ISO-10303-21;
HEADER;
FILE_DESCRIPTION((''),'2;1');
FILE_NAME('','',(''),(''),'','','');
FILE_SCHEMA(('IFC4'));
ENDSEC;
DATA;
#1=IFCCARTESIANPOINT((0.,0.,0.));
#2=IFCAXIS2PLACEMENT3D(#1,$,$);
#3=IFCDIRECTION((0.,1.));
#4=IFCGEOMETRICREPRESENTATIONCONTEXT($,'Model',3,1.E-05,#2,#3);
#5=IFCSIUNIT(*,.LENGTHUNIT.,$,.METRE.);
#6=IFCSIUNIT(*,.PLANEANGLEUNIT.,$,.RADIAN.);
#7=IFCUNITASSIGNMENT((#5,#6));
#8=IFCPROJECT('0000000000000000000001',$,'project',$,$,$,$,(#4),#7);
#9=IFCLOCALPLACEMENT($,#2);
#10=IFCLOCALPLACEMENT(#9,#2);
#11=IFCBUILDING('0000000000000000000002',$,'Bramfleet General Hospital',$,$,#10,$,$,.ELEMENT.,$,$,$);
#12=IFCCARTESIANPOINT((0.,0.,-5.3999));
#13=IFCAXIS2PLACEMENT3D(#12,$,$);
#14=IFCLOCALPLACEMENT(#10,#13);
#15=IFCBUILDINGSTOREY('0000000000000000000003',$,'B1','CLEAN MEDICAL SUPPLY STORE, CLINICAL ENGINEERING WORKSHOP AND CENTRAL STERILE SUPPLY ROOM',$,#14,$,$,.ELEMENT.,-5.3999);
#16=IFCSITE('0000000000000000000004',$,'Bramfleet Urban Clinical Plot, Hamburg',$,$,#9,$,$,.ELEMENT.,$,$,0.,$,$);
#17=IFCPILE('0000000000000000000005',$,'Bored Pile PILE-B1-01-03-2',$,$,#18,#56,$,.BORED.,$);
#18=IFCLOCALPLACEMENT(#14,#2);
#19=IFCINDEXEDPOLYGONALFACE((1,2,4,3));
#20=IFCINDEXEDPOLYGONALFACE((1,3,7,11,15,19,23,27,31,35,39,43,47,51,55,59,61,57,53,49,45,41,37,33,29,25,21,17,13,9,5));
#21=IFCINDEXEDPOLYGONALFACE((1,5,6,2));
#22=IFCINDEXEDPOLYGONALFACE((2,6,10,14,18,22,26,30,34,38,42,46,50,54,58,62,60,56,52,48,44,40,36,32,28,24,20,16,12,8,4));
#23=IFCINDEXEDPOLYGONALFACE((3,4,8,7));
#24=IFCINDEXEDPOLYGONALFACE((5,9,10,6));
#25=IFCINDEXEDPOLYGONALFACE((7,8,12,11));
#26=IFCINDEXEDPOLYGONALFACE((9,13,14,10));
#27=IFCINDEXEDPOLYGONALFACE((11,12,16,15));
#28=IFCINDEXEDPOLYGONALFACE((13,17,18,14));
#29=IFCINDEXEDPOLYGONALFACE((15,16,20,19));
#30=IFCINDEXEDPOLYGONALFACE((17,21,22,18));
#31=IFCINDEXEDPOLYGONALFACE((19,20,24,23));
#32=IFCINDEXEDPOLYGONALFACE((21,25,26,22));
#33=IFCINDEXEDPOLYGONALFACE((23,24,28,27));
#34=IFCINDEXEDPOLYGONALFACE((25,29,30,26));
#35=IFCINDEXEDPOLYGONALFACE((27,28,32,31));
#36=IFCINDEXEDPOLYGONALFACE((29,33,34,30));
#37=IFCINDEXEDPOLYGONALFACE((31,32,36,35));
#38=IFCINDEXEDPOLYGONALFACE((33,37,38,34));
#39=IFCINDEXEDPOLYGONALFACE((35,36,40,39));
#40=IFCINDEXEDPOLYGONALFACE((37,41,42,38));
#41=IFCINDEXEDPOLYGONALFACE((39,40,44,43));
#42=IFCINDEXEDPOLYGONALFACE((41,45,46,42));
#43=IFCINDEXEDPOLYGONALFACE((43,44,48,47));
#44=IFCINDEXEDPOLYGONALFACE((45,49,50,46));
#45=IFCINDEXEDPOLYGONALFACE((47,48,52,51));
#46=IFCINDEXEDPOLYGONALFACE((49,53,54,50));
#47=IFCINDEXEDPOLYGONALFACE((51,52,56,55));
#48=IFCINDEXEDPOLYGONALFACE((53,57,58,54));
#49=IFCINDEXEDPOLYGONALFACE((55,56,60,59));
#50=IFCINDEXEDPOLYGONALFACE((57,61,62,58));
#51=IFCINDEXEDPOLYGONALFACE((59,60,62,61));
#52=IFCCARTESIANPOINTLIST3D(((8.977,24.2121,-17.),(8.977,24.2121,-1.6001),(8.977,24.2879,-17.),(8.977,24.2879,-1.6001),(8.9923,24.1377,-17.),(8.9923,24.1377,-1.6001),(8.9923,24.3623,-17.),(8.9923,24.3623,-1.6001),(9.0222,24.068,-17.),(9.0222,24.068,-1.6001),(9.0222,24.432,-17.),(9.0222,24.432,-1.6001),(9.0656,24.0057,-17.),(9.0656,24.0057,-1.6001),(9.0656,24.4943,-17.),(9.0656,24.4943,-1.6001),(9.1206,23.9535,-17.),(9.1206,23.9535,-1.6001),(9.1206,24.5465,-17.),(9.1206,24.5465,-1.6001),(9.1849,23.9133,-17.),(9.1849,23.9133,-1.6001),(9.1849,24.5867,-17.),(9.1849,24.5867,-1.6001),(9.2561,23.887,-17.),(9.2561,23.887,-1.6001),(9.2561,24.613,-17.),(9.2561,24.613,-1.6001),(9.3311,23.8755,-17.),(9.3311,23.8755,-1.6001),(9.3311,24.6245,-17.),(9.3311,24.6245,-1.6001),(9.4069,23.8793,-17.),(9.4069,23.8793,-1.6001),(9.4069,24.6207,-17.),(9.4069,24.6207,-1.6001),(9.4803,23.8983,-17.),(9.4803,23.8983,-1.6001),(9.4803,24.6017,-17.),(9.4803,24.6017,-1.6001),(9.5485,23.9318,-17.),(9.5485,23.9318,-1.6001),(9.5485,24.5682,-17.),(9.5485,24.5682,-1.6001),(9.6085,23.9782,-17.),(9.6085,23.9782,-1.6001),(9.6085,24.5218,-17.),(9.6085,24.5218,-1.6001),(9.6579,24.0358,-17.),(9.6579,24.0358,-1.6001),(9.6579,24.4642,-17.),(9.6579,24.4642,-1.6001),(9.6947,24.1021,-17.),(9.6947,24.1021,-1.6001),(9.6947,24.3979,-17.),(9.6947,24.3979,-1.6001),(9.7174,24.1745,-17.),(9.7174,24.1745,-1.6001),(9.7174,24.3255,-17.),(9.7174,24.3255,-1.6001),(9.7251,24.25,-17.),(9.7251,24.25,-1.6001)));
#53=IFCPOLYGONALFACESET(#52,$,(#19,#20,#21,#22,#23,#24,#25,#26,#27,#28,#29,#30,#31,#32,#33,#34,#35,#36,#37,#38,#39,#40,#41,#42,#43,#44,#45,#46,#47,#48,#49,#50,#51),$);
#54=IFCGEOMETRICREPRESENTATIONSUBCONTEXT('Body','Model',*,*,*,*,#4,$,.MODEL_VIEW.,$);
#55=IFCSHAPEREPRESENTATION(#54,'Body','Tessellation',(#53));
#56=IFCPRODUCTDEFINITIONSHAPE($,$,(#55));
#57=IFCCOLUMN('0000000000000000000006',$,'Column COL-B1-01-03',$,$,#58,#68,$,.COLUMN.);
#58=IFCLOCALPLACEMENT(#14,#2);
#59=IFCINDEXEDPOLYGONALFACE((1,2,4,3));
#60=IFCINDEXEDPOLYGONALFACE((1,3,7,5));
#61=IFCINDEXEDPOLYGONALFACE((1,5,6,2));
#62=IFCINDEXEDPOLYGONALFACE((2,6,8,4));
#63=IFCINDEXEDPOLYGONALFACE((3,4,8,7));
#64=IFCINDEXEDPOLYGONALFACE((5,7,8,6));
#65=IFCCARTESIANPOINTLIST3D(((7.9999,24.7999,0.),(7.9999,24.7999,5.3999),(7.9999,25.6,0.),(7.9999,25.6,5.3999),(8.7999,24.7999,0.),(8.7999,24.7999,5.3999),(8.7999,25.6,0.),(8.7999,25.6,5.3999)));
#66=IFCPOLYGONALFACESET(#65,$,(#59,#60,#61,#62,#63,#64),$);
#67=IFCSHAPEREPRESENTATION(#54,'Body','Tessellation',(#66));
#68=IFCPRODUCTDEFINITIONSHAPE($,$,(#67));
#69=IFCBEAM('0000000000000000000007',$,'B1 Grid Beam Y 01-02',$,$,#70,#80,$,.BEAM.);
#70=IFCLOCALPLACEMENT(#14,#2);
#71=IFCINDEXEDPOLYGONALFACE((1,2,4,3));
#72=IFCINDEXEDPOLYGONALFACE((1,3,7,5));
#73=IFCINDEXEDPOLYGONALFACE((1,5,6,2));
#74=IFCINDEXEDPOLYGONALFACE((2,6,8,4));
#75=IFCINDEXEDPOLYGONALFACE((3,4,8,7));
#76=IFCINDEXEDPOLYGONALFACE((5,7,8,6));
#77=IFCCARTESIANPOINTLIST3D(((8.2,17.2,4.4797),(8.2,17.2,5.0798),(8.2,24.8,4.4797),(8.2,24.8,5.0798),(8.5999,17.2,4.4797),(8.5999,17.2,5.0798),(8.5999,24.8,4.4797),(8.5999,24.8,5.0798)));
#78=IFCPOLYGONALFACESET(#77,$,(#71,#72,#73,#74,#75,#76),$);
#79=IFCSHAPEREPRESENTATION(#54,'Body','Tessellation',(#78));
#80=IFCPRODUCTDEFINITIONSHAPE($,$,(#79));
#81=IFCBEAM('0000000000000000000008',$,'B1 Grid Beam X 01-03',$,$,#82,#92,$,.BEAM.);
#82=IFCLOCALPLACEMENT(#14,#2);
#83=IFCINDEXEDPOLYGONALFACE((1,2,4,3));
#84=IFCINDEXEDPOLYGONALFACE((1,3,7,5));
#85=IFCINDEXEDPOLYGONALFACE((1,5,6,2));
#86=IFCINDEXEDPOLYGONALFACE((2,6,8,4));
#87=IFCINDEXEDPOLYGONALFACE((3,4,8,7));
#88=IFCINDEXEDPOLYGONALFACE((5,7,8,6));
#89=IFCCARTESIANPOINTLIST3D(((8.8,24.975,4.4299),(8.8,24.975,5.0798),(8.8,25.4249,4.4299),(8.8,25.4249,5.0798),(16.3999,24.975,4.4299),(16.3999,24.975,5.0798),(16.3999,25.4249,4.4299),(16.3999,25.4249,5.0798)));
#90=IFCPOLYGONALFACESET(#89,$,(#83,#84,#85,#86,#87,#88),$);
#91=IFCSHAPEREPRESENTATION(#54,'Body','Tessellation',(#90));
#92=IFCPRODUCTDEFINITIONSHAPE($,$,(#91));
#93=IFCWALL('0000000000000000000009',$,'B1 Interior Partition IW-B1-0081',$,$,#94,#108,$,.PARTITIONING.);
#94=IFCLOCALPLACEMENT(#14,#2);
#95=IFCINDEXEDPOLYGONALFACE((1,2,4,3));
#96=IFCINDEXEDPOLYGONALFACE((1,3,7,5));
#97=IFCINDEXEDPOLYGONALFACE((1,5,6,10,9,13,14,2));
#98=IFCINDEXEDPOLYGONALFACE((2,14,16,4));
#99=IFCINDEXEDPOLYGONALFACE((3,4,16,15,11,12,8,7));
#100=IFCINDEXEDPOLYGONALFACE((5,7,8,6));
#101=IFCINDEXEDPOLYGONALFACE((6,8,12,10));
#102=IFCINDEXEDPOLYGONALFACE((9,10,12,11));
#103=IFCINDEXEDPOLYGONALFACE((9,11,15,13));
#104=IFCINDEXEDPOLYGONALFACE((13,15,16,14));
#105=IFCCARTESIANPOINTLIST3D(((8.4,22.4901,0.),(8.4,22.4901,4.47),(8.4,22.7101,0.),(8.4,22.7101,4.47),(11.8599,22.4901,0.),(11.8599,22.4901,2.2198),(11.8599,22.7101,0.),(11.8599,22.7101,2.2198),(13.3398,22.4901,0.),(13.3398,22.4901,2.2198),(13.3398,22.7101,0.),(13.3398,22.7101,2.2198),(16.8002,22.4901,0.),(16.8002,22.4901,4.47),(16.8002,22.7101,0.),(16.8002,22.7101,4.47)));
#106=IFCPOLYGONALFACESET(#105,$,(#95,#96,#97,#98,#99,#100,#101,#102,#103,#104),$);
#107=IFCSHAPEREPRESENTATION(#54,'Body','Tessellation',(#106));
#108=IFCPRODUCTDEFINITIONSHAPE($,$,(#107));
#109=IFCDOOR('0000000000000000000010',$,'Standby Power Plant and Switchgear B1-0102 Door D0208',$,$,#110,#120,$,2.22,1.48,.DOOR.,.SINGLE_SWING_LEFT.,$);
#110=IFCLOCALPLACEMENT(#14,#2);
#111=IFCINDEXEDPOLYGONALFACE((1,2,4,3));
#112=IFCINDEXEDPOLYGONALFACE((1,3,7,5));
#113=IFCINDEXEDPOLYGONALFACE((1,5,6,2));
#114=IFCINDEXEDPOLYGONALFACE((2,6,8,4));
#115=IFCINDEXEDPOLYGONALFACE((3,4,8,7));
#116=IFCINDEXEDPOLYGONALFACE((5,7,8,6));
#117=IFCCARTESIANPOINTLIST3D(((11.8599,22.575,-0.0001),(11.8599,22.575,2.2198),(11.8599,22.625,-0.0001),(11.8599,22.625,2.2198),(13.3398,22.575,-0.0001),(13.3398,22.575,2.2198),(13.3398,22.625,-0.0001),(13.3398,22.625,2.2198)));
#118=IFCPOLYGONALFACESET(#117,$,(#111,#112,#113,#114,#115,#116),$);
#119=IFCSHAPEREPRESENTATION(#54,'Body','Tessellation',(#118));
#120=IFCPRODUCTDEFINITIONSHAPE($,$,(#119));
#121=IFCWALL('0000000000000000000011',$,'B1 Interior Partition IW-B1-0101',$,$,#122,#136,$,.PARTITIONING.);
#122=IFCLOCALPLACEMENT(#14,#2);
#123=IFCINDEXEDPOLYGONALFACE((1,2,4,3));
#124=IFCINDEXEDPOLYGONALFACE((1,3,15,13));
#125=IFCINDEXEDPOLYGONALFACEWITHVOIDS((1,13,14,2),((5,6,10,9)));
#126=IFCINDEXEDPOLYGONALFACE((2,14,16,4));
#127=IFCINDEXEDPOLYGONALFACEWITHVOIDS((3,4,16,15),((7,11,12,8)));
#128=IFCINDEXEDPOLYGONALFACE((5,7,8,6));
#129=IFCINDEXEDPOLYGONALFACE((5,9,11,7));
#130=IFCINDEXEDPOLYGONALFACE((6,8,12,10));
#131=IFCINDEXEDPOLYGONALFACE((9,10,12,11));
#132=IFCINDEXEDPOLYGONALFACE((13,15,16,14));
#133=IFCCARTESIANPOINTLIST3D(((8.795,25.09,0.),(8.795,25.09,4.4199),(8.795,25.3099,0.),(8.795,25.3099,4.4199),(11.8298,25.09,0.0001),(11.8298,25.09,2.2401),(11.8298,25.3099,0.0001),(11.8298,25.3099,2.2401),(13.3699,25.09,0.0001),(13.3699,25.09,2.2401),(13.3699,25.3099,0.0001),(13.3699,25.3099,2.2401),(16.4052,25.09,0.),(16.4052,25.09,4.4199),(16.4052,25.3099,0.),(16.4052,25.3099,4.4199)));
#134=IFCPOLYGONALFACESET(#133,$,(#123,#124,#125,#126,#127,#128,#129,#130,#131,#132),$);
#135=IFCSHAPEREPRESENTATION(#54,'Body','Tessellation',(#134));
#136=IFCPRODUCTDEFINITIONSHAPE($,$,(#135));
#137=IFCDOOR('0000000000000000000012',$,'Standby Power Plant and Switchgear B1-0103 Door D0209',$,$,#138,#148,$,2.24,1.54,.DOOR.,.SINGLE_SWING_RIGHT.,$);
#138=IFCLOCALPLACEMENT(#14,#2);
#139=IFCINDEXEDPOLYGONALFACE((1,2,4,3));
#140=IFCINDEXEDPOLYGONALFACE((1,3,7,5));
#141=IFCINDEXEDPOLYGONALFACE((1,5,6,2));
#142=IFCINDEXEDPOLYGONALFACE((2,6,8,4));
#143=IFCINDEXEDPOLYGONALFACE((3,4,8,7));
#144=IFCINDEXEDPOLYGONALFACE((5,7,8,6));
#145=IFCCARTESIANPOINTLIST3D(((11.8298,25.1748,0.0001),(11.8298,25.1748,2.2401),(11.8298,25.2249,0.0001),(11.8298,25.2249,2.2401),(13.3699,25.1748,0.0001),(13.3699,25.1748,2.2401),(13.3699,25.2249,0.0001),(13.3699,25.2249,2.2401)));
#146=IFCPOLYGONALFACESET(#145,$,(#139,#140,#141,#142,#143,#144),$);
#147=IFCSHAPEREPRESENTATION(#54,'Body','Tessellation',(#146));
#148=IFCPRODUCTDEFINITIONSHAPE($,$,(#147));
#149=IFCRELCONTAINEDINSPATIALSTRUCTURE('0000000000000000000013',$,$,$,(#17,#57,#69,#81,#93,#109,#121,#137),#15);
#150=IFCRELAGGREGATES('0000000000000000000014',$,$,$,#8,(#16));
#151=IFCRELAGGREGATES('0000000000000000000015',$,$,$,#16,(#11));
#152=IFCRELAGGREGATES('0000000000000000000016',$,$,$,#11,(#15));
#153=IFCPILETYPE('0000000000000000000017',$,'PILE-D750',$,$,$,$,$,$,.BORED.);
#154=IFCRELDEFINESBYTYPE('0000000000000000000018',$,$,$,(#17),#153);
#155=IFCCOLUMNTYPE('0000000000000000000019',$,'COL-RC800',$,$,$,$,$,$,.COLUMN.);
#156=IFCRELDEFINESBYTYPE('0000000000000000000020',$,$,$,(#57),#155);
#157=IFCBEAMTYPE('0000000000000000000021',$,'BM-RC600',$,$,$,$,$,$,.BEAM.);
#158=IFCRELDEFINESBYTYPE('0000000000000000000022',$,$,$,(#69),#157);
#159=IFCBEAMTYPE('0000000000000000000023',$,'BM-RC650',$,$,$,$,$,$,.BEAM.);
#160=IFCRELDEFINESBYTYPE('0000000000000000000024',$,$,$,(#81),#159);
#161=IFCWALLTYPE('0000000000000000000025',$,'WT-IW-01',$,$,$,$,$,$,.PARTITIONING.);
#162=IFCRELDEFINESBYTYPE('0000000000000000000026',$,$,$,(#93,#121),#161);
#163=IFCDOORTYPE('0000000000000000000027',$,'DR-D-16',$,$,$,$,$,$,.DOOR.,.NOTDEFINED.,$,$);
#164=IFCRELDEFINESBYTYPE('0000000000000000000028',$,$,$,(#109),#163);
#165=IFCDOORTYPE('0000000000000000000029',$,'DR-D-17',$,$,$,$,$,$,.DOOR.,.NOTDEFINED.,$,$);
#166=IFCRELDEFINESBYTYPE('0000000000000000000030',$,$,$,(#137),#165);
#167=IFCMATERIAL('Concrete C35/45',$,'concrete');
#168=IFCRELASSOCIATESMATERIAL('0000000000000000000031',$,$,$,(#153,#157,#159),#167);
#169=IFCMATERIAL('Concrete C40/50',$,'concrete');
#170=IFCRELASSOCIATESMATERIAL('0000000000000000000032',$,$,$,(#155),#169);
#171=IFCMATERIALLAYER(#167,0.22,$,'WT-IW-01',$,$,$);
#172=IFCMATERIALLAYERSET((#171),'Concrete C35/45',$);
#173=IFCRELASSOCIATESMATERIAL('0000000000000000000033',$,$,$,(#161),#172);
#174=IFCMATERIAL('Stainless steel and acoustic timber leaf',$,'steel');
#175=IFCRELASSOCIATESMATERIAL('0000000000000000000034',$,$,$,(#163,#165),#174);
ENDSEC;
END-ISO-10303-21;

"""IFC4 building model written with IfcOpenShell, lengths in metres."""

from ifc_helpers import new_model, si_unit, direction, frame, frame_2d, origin, origin_2d, place, context, subcontext, project, spatial, rectangle, circle, extrude, material, layer, layer_set, material_profile, profile_set, type_object, element, fill, save


model = new_model("IFC4")

# Units and contexts
model_context = context("Model", 3, precision=1e-05, world=origin(), true_north=direction((0.0, 1.0)))
body_context = subcontext(model_context, "Body", "Model", "MODEL_VIEW")
ifc_project = project(units=[si_unit("LENGTHUNIT", "METRE"), si_unit("PLANEANGLEUNIT", "RADIAN")], contexts=[model_context])

# Site, building, storey
site_placement = place(None, origin())
site = spatial("IfcSite", under=ifc_project, at=site_placement, Name="Bramfleet Urban Clinical Plot, Hamburg", CompositionType="ELEMENT", RefElevation=0.0)
building_placement = place(site_placement, origin())
building = spatial("IfcBuilding", under=site, at=building_placement, Name="Bramfleet General Hospital", CompositionType="ELEMENT")
storey_placement = place(building_placement, frame((0.0, 0.0, -5.3999)))
storey = spatial("IfcBuildingStorey", under=building, at=storey_placement, Name="B1", Description="CLEAN MEDICAL SUPPLY STORE, CLINICAL ENGINEERING WORKSHOP AND CENTRAL STERILE SUPPLY ROOM", CompositionType="ELEMENT", Elevation=-5.3999)

# Shared definitions
ifc_material_1 = material(Name="Concrete C35/45", Category="concrete")

# Pile
ifc_material_profile_1 = material_profile(ifc_material_1, circle(Radius=0.375, at=origin_2d()), Name="PILE BORED D750")
ifc_profile_set_1 = profile_set([ifc_material_profile_1], Name="Concrete C35/45")
pile_type = type_object("IfcPileType", Name="PILE-D750", PredefinedType="BORED", material=ifc_profile_set_1)
for number, where, z_axis, x_axis, name in (
    (1, (9.3501, 24.25, -1.6001), (0.0, 0.0, -1.0), (1.0, 0.0, 0.0), "Bored Pile PILE-B1-01-03-2"),
):
    element("IfcPile", number, at=place(storey_placement, frame(where, z_axis=z_axis, x_axis=x_axis)), inside=storey, type_object=pile_type, Name=name, PredefinedType="BORED", context=body_context, shape_type="SweptSolid", body=[
        extrude(circle(Radius=0.375, at=origin_2d()), origin(), (0.0, 0.0, 1.0), 15.3999),
    ])

# Column
ifc_material_2 = material(Name="Concrete C40/50", Category="concrete")
ifc_material_profile_2 = material_profile(ifc_material_2, rectangle(XDim=0.8, YDim=0.8, at=origin_2d()), Name="RC COL 800x800")
ifc_profile_set_2 = profile_set([ifc_material_profile_2], Name="Concrete C40/50")
column_type = type_object("IfcColumnType", Name="COL-RC800", PredefinedType="COLUMN", material=ifc_profile_set_2)
column_placement = place(storey_placement, frame((8.3999, 25.2, 0.0), z_axis=(0.0, 0.0, 1.0), x_axis=(1.0, 0.0, 0.0)))
element("IfcColumn", 2, at=column_placement, inside=storey, type_object=column_type, Name="Column COL-B1-01-03", PredefinedType="COLUMN", context=body_context, shape_type="SweptSolid", body=[
    extrude(rectangle(XDim=0.8, YDim=0.8, at=origin_2d()), origin(), (0.0, 0.0, 1.0), 5.3999),
])

# Beams
ifc_material_profile_3 = material_profile(ifc_material_1, rectangle(XDim=0.3999, YDim=0.6001, at=origin_2d()), Name="RC BM 600x400")
ifc_profile_set_3 = profile_set([ifc_material_profile_3], Name="Concrete C35/45")
beam_type_1 = type_object("IfcBeamType", Name="BM-RC600", PredefinedType="BEAM", material=ifc_profile_set_3)
beam_1_placement = place(storey_placement, frame((8.3999, 17.2, 4.7798), z_axis=(0.0, 1.0, 0.0), x_axis=(-1.0, 0.0, 0.0)))
element("IfcBeam", 3, at=beam_1_placement, inside=storey, type_object=beam_type_1, Name="B1 Grid Beam Y 01-02", PredefinedType="BEAM", context=body_context, shape_type="SweptSolid", body=[
    extrude(rectangle(XDim=0.3999, YDim=0.6001, at=origin_2d()), origin(), (0.0, 0.0, 1.0), 7.6001),
])
ifc_material_profile_4 = material_profile(ifc_material_1, rectangle(XDim=0.45, YDim=0.6499, at=origin_2d()), Name="RC BM 650x450")
ifc_profile_set_4 = profile_set([ifc_material_profile_4], Name="Concrete C35/45")
beam_type_2 = type_object("IfcBeamType", Name="BM-RC650", PredefinedType="BEAM", material=ifc_profile_set_4)
beam_2_placement = place(storey_placement, frame((8.8, 25.2, 4.7549), z_axis=(1.0, 0.0, 0.0), x_axis=(0.0, 1.0, 0.0)))
element("IfcBeam", 4, at=beam_2_placement, inside=storey, type_object=beam_type_2, Name="B1 Grid Beam X 01-03", PredefinedType="BEAM", context=body_context, shape_type="SweptSolid", body=[
    extrude(rectangle(XDim=0.45, YDim=0.6499, at=origin_2d()), origin(), (0.0, 0.0, 1.0), 7.5999),
])

# Walls, openings, doors
ifc_layer_1 = layer(ifc_material_1, 0.22, Name="WT-IW-01")
ifc_layer_set_1 = layer_set([ifc_layer_1], Name="Concrete C35/45")
wall_type_1 = type_object("IfcWallType", Name="WT-IW-01", PredefinedType="PARTITIONING", material=ifc_layer_set_1)
wall_1_placement = place(storey_placement, frame((8.3999, 22.6001, 0.0), z_axis=(0.0, 0.0, 1.0), x_axis=(1.0, 0.0, 0.0)))
wall_1 = element("IfcWall", 5, at=wall_1_placement, inside=storey, type_object=wall_type_1, Name="B1 Interior Partition IW-B1-0081", PredefinedType="PARTITIONING", context=body_context, shape_type="SweptSolid", body=[
    extrude(rectangle(XDim=8.4001, YDim=0.22, at=frame_2d((4.2002, 0.0))), origin(), (0.0, 0.0, 1.0), 4.47),
])
opening_1_placement = place(wall_1_placement, frame((3.46, 0.0, 0.0)))
opening_1 = element("IfcOpeningElement", 6, at=opening_1_placement, cuts=wall_1, PredefinedType="OPENING", context=body_context, shape_type="SweptSolid", body=[
    extrude(rectangle(XDim=1.48, YDim=2.22, at=frame_2d((0.74, 1.1099))), frame((0.0, 0.1199, 0.0), z_axis=(0.0, -1.0, 0.0), x_axis=(1.0, 0.0, 0.0)), (0.0, 0.0, 1.0), 0.24),
])
ifc_material_3 = material(Name="Stainless steel and acoustic timber leaf", Category="steel")
door_type_1 = type_object("IfcDoorType", Name="DR-D-16", OperationType="NOTDEFINED", PredefinedType="DOOR", material=ifc_material_3)
door_1_placement = place(opening_1_placement, origin())
door_1 = element("IfcDoor", 7, at=door_1_placement, inside=storey, type_object=door_type_1, Name="Standby Power Plant and Switchgear B1-0102 Door D0208", OperationType="SINGLE_SWING_LEFT", OverallHeight=2.22, OverallWidth=1.48, PredefinedType="DOOR", context=body_context, shape_type="SweptSolid", body=[
    extrude(rectangle(XDim=1.48, YDim=2.22, at=frame_2d((0.74, 1.1099))), frame((0.0, 0.0249, 0.0), z_axis=(0.0, -1.0, 0.0), x_axis=(1.0, 0.0, 0.0)), (0.0, 0.0, 1.0), 0.05),
])
fill(opening_1, door_1)
wall_2_placement = place(storey_placement, frame((8.7949, 25.2, 0.0), z_axis=(0.0, 0.0, 1.0), x_axis=(1.0, 0.0, 0.0)))
wall_2 = element("IfcWall", 8, at=wall_2_placement, inside=storey, type_object=wall_type_1, Name="B1 Interior Partition IW-B1-0101", PredefinedType="PARTITIONING", context=body_context, shape_type="SweptSolid", body=[
    extrude(rectangle(XDim=7.6101, YDim=0.22, at=frame_2d((3.8052, 0.0))), origin(), (0.0, 0.0, 1.0), 4.4199),
])
opening_2_placement = place(wall_2_placement, frame((3.0349, 0.0, 0.0)))
opening_2 = element("IfcOpeningElement", 9, at=opening_2_placement, cuts=wall_2, PredefinedType="OPENING", context=body_context, shape_type="SweptSolid", body=[
    extrude(rectangle(XDim=1.54, YDim=2.24, at=frame_2d((0.77, 1.1201))), frame((0.0, 0.1199, 0.0), z_axis=(0.0, -1.0, 0.0), x_axis=(1.0, 0.0, 0.0)), (0.0, 0.0, 1.0), 0.24),
])
door_type_2 = type_object("IfcDoorType", Name="DR-D-17", OperationType="NOTDEFINED", PredefinedType="DOOR", material=ifc_material_3)
door_2_placement = place(opening_2_placement, origin())
door_2 = element("IfcDoor", 10, at=door_2_placement, inside=storey, type_object=door_type_2, Name="Standby Power Plant and Switchgear B1-0103 Door D0209", OperationType="SINGLE_SWING_RIGHT", OverallHeight=2.24, OverallWidth=1.54, PredefinedType="DOOR", context=body_context, shape_type="SweptSolid", body=[
    extrude(rectangle(XDim=1.54, YDim=2.24, at=frame_2d((0.77, 1.1201))), frame((0.0, 0.0249, 0.0), z_axis=(0.0, -1.0, 0.0), x_axis=(1.0, 0.0, 0.0)), (0.0, 0.0, 1.0), 0.05),
])
fill(opening_2, door_2)

save(model, "model.ifc")
